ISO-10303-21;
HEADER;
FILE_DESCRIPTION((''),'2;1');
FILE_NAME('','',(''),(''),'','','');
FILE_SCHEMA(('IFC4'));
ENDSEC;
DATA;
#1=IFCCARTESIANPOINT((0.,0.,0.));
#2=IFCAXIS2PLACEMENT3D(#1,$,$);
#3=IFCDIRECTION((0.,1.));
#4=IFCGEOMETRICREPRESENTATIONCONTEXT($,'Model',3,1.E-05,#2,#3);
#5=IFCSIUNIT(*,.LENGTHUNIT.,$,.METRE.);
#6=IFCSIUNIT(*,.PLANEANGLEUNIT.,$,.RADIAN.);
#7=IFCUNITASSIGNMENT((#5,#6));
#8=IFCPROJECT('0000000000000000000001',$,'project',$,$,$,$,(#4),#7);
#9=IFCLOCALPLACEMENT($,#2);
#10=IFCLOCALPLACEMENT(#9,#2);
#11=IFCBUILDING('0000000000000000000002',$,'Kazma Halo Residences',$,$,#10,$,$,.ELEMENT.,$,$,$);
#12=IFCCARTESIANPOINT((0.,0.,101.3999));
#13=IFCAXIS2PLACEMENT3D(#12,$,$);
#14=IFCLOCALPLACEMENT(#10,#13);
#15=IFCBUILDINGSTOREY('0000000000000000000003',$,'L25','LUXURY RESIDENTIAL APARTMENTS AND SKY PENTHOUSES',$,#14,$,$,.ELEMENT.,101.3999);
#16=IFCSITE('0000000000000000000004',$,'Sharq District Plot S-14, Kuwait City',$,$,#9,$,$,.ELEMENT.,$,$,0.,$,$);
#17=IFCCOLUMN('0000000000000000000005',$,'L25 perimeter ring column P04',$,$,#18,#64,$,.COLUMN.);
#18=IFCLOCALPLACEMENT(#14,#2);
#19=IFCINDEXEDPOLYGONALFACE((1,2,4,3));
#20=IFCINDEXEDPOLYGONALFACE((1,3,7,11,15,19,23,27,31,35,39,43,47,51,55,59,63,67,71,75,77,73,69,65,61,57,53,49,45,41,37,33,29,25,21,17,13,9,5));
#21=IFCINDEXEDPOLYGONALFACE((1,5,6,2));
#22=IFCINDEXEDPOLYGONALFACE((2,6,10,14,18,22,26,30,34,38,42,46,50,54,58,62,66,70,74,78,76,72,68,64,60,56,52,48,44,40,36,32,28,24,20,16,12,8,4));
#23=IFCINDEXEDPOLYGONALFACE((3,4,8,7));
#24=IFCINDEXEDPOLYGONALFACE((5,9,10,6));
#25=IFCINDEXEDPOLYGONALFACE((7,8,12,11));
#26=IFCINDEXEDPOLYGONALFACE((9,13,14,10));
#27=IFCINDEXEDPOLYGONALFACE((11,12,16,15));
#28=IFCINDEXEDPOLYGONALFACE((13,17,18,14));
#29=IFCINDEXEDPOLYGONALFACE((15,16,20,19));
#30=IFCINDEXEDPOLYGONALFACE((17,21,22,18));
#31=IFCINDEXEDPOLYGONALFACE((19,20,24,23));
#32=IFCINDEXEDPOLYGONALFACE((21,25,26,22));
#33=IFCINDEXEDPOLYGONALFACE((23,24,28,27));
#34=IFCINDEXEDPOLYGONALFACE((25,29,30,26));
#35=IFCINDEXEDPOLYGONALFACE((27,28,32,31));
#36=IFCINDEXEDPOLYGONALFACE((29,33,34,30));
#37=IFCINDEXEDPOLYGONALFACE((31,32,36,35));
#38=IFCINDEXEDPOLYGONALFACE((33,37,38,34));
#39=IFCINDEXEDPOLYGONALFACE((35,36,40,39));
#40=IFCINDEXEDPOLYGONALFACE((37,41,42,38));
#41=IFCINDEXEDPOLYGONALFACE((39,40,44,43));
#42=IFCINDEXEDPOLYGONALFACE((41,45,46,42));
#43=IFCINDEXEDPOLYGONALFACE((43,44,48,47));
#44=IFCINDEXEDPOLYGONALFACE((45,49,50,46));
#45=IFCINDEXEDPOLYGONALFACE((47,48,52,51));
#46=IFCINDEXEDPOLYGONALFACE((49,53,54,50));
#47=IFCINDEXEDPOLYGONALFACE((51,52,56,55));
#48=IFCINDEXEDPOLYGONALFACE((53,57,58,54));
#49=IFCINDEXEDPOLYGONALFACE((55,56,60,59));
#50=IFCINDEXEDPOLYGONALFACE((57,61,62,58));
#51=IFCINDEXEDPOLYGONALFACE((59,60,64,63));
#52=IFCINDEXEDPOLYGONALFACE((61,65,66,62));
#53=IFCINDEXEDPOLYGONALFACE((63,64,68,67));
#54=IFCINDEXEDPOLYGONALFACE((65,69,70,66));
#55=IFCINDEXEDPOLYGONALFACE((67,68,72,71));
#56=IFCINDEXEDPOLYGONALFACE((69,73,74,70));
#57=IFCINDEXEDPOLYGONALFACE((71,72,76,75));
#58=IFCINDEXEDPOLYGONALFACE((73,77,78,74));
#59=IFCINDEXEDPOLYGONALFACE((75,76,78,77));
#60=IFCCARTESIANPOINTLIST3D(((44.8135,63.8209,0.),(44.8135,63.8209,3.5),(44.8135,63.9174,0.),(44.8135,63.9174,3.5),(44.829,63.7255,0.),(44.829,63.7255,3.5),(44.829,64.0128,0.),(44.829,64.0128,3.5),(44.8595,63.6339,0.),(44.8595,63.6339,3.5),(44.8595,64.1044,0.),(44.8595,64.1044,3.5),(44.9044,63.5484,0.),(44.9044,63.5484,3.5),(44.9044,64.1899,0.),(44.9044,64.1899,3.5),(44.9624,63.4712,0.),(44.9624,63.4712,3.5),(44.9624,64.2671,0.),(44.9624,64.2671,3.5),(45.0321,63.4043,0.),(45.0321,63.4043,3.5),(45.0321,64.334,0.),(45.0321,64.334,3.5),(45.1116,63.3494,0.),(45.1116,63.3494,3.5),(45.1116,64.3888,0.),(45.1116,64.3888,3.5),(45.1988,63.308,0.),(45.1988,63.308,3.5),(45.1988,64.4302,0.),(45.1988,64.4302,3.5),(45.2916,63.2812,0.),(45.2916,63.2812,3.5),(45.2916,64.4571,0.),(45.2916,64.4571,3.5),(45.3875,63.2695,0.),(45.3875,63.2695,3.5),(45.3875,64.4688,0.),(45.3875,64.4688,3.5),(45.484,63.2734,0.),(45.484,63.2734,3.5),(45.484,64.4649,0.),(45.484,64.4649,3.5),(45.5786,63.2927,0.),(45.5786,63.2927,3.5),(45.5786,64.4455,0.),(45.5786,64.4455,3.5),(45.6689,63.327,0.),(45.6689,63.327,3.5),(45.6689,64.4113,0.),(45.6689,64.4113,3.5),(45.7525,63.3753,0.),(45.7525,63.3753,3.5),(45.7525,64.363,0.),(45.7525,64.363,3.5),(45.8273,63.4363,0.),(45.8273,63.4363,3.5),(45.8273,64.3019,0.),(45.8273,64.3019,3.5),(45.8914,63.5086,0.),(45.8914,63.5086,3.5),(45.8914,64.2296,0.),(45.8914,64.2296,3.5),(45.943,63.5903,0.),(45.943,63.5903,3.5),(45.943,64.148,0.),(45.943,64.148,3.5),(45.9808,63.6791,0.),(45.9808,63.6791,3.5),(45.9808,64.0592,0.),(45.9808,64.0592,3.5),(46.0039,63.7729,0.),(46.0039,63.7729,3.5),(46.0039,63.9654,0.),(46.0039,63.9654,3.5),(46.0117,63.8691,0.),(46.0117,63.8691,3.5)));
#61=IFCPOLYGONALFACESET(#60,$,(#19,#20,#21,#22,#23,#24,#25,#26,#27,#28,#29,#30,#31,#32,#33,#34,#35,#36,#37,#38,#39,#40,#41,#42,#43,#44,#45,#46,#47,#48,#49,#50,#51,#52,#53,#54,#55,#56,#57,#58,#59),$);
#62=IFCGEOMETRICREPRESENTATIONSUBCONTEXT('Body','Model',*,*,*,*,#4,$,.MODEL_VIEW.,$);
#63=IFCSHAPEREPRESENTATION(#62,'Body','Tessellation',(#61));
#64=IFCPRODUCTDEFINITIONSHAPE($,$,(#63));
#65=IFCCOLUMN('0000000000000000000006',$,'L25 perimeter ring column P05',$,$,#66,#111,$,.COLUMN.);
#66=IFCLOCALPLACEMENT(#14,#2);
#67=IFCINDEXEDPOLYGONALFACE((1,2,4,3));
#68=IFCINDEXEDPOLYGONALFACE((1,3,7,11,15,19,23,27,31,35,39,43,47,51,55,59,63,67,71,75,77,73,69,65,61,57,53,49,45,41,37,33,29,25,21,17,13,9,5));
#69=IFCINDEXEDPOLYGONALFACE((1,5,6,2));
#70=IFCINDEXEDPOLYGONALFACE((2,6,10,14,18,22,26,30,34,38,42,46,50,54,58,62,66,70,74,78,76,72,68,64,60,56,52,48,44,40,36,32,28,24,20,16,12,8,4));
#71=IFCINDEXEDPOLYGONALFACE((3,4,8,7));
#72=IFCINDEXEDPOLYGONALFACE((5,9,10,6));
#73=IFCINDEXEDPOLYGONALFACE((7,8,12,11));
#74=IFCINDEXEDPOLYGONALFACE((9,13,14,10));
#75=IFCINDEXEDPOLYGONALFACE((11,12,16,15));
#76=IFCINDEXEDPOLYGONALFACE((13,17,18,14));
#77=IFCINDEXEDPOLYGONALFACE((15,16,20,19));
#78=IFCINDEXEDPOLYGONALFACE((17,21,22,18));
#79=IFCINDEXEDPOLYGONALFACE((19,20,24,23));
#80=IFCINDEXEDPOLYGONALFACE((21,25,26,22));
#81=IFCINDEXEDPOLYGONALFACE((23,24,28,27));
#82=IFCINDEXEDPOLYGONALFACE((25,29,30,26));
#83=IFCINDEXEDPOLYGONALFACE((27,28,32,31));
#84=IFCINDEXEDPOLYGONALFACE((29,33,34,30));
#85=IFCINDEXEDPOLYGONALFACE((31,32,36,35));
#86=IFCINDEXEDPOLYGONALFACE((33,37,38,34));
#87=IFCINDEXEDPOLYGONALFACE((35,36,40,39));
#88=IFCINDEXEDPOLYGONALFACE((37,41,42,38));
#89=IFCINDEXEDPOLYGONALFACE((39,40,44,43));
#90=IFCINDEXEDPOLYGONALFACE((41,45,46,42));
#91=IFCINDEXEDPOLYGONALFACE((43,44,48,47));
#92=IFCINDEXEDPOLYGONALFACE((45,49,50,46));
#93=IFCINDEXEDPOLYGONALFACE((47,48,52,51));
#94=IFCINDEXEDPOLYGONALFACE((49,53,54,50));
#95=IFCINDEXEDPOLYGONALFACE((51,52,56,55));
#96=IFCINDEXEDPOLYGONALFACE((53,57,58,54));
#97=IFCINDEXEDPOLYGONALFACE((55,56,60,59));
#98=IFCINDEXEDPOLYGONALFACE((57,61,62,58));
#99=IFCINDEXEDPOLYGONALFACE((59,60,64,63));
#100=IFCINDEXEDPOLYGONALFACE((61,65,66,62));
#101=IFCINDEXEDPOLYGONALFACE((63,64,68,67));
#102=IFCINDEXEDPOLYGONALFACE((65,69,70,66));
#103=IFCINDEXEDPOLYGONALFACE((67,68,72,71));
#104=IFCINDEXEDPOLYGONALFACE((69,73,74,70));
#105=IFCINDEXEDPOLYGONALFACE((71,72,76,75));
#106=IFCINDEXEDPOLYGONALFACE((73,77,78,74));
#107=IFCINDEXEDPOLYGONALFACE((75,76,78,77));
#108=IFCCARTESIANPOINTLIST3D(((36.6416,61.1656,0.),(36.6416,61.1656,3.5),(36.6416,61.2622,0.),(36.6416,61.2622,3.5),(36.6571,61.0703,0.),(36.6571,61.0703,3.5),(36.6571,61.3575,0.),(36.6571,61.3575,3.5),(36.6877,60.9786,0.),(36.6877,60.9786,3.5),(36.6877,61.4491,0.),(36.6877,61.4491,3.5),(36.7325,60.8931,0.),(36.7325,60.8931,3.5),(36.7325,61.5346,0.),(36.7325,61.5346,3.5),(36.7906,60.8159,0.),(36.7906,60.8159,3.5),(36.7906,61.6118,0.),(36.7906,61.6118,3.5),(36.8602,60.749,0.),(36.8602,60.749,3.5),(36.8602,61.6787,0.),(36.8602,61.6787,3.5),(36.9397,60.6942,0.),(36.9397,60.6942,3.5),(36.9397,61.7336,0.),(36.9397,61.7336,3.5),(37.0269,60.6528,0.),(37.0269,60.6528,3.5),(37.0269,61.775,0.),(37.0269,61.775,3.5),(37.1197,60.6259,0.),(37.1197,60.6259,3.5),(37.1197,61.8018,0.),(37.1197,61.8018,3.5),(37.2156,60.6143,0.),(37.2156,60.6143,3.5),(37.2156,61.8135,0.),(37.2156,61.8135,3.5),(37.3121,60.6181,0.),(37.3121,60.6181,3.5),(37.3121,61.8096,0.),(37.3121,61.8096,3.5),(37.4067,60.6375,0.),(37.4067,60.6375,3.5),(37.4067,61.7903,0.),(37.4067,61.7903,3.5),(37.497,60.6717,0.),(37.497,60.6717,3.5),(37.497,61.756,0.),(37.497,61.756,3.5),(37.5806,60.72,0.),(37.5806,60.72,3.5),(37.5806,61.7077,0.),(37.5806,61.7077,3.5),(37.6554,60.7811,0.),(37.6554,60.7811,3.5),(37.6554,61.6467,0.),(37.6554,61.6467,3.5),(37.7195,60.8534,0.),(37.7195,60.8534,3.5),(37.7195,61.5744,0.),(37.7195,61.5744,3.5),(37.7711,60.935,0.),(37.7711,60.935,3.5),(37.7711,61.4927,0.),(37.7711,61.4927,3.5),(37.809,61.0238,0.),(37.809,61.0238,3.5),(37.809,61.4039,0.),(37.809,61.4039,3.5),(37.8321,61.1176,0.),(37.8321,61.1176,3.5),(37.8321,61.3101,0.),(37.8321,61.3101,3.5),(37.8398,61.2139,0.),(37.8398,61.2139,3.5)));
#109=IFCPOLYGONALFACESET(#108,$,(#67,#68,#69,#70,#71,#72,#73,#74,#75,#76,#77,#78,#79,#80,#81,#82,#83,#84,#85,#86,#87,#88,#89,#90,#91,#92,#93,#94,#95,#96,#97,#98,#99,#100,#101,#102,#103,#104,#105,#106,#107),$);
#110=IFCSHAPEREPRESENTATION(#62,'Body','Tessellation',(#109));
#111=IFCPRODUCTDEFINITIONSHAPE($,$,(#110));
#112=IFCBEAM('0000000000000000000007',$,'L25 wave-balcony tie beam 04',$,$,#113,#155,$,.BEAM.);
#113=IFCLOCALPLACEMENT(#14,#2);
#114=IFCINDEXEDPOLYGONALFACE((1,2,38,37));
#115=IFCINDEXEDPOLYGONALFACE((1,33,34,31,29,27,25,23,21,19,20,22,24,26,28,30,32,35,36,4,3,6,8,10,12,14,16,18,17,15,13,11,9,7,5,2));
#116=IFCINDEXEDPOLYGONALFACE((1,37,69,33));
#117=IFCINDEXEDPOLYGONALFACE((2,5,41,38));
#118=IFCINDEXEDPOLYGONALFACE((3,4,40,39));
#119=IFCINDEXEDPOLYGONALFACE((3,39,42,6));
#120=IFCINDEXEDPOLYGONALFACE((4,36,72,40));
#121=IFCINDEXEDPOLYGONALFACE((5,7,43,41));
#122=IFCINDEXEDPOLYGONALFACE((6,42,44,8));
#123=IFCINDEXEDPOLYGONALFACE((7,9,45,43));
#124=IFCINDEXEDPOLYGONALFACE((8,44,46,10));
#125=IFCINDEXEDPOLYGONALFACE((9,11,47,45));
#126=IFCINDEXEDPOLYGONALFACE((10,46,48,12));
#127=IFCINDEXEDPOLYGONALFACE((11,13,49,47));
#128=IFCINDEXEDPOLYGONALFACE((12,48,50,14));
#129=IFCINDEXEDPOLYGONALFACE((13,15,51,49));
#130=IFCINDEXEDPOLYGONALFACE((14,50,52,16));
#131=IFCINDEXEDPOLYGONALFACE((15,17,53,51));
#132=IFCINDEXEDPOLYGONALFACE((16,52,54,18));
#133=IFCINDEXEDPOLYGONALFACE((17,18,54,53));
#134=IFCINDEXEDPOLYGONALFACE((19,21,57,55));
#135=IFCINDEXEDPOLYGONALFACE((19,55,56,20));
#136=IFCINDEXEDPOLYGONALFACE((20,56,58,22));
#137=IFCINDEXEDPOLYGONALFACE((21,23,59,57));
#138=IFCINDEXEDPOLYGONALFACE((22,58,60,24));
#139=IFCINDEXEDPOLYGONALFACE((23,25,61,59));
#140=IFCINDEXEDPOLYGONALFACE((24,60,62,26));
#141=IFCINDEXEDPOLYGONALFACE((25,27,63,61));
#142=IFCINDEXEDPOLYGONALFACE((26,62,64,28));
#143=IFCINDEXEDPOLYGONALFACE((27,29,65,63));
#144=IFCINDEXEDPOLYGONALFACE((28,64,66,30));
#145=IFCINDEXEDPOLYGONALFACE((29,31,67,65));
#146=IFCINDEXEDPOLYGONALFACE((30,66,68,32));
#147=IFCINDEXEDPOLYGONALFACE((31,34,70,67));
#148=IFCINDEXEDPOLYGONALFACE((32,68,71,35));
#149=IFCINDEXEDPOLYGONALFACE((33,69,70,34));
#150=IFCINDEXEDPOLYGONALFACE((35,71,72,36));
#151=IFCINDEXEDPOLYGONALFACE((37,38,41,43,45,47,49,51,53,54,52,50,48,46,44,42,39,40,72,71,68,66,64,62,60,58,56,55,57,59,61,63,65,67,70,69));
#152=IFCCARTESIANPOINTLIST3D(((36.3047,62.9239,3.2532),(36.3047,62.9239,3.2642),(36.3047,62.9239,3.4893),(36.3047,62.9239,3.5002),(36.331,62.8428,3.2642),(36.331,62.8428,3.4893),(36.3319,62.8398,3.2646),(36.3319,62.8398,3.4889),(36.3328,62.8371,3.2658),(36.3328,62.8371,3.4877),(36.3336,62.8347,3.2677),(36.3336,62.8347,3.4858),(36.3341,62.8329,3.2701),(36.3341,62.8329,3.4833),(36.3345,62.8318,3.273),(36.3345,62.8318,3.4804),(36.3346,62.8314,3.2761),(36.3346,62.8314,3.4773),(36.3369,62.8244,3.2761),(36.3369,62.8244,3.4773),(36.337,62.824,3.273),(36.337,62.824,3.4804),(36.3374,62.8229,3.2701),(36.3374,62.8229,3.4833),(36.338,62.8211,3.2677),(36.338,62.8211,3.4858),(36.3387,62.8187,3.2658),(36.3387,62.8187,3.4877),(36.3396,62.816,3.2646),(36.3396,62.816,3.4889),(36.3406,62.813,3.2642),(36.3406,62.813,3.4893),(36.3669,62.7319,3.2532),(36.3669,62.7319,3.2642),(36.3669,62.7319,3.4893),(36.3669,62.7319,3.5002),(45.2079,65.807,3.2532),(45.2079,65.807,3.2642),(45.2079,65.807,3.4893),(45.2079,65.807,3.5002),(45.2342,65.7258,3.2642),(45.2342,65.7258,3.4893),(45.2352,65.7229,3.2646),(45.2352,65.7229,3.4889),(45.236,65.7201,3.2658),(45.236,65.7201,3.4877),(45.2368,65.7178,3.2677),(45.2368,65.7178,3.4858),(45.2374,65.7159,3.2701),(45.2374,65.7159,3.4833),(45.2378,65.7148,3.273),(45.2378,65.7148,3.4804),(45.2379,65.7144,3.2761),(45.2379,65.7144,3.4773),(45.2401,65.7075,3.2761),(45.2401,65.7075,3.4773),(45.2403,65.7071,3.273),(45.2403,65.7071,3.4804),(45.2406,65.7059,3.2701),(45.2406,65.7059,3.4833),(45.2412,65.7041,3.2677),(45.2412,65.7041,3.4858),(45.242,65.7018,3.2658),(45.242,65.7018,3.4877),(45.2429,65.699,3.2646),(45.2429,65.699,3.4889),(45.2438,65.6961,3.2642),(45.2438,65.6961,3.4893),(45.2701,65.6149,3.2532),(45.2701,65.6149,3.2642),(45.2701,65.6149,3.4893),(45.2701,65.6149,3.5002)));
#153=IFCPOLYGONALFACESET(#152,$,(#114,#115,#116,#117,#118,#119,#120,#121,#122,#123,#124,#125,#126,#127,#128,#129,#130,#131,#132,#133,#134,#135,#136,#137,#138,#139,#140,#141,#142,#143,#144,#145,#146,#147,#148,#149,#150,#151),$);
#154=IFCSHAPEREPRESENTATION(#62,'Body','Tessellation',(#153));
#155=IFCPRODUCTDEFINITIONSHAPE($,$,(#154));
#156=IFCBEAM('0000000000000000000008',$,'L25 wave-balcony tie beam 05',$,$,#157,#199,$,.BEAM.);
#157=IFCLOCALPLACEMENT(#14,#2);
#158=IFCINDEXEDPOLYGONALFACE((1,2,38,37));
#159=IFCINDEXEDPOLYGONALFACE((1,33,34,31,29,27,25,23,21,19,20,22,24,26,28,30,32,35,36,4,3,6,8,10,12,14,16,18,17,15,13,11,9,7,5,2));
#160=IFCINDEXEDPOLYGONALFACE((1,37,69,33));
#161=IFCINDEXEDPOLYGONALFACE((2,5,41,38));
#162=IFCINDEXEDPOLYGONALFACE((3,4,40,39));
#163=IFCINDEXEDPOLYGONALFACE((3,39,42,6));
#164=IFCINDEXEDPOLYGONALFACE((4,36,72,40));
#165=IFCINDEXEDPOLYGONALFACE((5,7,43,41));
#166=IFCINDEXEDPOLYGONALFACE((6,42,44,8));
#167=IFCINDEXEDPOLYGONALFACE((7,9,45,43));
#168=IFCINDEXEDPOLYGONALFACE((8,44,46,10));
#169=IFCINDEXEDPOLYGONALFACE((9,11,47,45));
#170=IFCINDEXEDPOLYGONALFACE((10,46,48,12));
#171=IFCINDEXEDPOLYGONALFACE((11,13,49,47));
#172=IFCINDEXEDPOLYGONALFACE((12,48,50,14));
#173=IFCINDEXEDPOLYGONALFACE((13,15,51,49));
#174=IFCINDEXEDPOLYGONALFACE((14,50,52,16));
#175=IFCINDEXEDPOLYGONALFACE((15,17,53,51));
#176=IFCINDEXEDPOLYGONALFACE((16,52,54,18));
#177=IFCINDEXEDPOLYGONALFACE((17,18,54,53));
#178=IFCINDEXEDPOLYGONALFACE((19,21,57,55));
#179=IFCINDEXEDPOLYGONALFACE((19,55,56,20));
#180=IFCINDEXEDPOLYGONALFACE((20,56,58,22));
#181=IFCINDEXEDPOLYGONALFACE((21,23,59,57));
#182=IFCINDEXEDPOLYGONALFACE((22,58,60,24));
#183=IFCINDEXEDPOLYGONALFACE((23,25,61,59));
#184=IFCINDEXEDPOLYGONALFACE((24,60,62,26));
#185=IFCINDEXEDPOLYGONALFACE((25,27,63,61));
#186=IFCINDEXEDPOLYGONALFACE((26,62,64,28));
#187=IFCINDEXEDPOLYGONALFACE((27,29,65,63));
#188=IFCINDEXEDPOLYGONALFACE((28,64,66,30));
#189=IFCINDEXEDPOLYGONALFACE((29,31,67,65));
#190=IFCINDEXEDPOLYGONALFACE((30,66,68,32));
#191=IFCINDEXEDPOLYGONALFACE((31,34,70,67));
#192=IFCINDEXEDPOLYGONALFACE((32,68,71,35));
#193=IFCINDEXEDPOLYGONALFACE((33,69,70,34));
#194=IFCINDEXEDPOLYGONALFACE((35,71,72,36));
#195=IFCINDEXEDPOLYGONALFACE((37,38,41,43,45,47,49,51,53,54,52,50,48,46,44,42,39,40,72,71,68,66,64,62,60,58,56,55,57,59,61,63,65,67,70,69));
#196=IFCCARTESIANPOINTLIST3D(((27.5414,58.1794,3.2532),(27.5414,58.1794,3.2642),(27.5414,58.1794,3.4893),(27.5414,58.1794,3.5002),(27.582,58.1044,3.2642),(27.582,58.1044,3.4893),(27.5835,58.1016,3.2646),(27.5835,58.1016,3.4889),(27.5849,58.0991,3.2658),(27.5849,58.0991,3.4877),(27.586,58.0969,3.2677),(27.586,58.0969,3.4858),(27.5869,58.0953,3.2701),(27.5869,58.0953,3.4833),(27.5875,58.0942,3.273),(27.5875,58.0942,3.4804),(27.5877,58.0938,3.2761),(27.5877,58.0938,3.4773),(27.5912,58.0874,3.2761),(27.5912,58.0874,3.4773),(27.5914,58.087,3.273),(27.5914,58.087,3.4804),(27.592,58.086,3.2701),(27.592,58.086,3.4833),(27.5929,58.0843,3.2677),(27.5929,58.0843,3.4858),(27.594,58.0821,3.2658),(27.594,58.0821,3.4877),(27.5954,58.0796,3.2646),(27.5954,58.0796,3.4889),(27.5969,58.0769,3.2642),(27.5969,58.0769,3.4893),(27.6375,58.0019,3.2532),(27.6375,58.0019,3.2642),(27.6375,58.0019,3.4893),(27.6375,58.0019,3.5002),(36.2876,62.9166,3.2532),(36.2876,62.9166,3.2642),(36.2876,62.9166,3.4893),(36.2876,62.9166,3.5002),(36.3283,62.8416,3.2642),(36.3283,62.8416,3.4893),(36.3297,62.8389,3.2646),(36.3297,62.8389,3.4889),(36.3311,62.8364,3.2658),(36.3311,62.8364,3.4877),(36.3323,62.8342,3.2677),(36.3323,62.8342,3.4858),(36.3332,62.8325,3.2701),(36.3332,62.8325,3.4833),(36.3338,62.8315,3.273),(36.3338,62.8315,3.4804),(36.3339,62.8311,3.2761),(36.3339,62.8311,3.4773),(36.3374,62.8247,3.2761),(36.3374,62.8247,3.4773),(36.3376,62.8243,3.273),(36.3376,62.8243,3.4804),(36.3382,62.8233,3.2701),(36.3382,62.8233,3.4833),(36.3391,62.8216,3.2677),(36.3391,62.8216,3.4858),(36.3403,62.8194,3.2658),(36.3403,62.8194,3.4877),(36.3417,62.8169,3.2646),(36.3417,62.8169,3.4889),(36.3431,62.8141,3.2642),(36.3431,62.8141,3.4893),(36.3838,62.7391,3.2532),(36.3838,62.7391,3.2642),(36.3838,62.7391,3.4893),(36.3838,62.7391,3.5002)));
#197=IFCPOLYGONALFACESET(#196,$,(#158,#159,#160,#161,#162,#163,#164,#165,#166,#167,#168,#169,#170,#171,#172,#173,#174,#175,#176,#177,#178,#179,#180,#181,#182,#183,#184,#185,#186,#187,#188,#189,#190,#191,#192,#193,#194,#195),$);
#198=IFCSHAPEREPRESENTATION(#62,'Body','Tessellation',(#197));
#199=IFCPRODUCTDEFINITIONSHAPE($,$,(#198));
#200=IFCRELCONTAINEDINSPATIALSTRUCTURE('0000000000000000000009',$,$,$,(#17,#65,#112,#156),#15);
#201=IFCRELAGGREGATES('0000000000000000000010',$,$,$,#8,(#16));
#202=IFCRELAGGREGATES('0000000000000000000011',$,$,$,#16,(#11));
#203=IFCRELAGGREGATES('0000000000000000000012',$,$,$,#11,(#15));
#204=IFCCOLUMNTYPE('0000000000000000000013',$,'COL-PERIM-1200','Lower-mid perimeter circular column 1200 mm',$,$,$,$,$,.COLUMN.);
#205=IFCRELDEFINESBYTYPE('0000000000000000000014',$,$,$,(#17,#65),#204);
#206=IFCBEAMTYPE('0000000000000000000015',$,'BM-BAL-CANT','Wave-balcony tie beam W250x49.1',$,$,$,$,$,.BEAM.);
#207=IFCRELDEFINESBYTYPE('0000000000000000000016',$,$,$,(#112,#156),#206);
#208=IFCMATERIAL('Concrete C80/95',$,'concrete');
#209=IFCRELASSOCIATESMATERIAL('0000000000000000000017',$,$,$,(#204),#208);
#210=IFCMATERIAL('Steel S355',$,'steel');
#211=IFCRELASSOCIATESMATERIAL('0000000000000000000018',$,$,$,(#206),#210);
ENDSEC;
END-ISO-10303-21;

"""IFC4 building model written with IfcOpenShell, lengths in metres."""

from ifc_helpers import new_model, si_unit, direction, frame, origin, origin_2d, place, context, subcontext, project, spatial, circle, i_section, extrude, material, material_profile, profile_set, type_object, element, save


model = new_model("IFC4")

# Units and contexts
model_context = context("Model", 3, precision=1e-05, world=origin(), true_north=direction((0.0, 1.0)))
body_context = subcontext(model_context, "Body", "Model", "MODEL_VIEW")
ifc_project = project(units=[si_unit("LENGTHUNIT", "METRE"), si_unit("PLANEANGLEUNIT", "RADIAN")], contexts=[model_context])

# Site, building, storey
site_placement = place(None, origin())
site = spatial("IfcSite", under=ifc_project, at=site_placement, Name="Sharq District Plot S-14, Kuwait City", CompositionType="ELEMENT", RefElevation=0.0)
building_placement = place(site_placement, origin())
building = spatial("IfcBuilding", under=site, at=building_placement, Name="Kazma Halo Residences", CompositionType="ELEMENT")
storey_placement = place(building_placement, frame((0.0, 0.0, 101.3999)))
storey = spatial("IfcBuildingStorey", under=building, at=storey_placement, Name="L25", Description="LUXURY RESIDENTIAL APARTMENTS AND SKY PENTHOUSES", CompositionType="ELEMENT", Elevation=101.3999)

# Columns
ifc_material_1 = material(Name="Concrete C80/95", Category="concrete")
ifc_material_profile_1 = material_profile(ifc_material_1, circle(Radius=0.6001, at=origin_2d()), Name="CIRC1200")
ifc_profile_set_1 = profile_set([ifc_material_profile_1], Name="Concrete C80/95")
column_type = type_object("IfcColumnType", Name="COL-PERIM-1200", Description="Lower-mid perimeter circular column 1200 mm", PredefinedType="COLUMN", material=ifc_profile_set_1)
for number, where, z_axis, x_axis, name in (
    (1, (45.4116, 63.8691, 0.0), (0.0, 0.0, 1.0), (1.0, 0.0, 0.0), "L25 perimeter ring column P04"),
    (2, (37.2397, 61.2139, 0.0), (0.0, 0.0, 1.0), (1.0, 0.0, 0.0), "L25 perimeter ring column P05"),
):
    element("IfcColumn", number, at=place(storey_placement, frame(where, z_axis=z_axis, x_axis=x_axis)), inside=storey, type_object=column_type, Name=name, PredefinedType="COLUMN", context=body_context, shape_type="SweptSolid", body=[
        extrude(circle(Radius=0.6001, at=origin_2d()), origin(), (0.0, 0.0, 1.0), 3.5),
    ])

# Beams
ifc_material_2 = material(Name="Steel S355", Category="steel")
ifc_material_profile_2 = material_profile(ifc_material_2, i_section(OverallWidth=0.2019, OverallDepth=0.2471, WebThickness=0.0073, FlangeThickness=0.011, FilletRadius=0.012, at=origin_2d()), Name="W250x49.1")
ifc_profile_set_2 = profile_set([ifc_material_profile_2], Name="Steel S355")
beam_type_1 = type_object("IfcBeamType", Name="BM-BAL-CANT", Description="Wave-balcony tie beam W250x49.1", PredefinedType="BEAM", material=ifc_profile_set_2)
beam_1_placement = place(storey_placement, frame((45.239, 65.7109, 3.3767), z_axis=(-0.951364, -0.308069, 0.0), x_axis=(0.308069, -0.951364, 0.0)))
element("IfcBeam", 3, at=beam_1_placement, inside=storey, type_object=beam_type_1, Name="L25 wave-balcony tie beam 04", PredefinedType="BEAM", context=body_context, shape_type="SweptSolid", body=[
    extrude(i_section(OverallWidth=0.2019, OverallDepth=0.2471, WebThickness=0.0073, FlangeThickness=0.011, FilletRadius=0.012, at=origin_2d()), origin(), (0.0, 0.0, 1.0), 9.3584),
])
beam_2_placement = place(storey_placement, frame((36.3357, 62.8279, 3.3767), z_axis=(-0.879304, -0.47626, 0.0), x_axis=(0.47626, -0.879304, 0.0)))
element("IfcBeam", 4, at=beam_2_placement, inside=storey, type_object=beam_type_1, Name="L25 wave-balcony tie beam 05", PredefinedType="BEAM", context=body_context, shape_type="SweptSolid", body=[
    extrude(i_section(OverallWidth=0.2019, OverallDepth=0.2471, WebThickness=0.0073, FlangeThickness=0.011, FilletRadius=0.012, at=origin_2d()), origin(), (0.0, 0.0, 1.0), 9.9468),
])

save(model, "model.ifc")
